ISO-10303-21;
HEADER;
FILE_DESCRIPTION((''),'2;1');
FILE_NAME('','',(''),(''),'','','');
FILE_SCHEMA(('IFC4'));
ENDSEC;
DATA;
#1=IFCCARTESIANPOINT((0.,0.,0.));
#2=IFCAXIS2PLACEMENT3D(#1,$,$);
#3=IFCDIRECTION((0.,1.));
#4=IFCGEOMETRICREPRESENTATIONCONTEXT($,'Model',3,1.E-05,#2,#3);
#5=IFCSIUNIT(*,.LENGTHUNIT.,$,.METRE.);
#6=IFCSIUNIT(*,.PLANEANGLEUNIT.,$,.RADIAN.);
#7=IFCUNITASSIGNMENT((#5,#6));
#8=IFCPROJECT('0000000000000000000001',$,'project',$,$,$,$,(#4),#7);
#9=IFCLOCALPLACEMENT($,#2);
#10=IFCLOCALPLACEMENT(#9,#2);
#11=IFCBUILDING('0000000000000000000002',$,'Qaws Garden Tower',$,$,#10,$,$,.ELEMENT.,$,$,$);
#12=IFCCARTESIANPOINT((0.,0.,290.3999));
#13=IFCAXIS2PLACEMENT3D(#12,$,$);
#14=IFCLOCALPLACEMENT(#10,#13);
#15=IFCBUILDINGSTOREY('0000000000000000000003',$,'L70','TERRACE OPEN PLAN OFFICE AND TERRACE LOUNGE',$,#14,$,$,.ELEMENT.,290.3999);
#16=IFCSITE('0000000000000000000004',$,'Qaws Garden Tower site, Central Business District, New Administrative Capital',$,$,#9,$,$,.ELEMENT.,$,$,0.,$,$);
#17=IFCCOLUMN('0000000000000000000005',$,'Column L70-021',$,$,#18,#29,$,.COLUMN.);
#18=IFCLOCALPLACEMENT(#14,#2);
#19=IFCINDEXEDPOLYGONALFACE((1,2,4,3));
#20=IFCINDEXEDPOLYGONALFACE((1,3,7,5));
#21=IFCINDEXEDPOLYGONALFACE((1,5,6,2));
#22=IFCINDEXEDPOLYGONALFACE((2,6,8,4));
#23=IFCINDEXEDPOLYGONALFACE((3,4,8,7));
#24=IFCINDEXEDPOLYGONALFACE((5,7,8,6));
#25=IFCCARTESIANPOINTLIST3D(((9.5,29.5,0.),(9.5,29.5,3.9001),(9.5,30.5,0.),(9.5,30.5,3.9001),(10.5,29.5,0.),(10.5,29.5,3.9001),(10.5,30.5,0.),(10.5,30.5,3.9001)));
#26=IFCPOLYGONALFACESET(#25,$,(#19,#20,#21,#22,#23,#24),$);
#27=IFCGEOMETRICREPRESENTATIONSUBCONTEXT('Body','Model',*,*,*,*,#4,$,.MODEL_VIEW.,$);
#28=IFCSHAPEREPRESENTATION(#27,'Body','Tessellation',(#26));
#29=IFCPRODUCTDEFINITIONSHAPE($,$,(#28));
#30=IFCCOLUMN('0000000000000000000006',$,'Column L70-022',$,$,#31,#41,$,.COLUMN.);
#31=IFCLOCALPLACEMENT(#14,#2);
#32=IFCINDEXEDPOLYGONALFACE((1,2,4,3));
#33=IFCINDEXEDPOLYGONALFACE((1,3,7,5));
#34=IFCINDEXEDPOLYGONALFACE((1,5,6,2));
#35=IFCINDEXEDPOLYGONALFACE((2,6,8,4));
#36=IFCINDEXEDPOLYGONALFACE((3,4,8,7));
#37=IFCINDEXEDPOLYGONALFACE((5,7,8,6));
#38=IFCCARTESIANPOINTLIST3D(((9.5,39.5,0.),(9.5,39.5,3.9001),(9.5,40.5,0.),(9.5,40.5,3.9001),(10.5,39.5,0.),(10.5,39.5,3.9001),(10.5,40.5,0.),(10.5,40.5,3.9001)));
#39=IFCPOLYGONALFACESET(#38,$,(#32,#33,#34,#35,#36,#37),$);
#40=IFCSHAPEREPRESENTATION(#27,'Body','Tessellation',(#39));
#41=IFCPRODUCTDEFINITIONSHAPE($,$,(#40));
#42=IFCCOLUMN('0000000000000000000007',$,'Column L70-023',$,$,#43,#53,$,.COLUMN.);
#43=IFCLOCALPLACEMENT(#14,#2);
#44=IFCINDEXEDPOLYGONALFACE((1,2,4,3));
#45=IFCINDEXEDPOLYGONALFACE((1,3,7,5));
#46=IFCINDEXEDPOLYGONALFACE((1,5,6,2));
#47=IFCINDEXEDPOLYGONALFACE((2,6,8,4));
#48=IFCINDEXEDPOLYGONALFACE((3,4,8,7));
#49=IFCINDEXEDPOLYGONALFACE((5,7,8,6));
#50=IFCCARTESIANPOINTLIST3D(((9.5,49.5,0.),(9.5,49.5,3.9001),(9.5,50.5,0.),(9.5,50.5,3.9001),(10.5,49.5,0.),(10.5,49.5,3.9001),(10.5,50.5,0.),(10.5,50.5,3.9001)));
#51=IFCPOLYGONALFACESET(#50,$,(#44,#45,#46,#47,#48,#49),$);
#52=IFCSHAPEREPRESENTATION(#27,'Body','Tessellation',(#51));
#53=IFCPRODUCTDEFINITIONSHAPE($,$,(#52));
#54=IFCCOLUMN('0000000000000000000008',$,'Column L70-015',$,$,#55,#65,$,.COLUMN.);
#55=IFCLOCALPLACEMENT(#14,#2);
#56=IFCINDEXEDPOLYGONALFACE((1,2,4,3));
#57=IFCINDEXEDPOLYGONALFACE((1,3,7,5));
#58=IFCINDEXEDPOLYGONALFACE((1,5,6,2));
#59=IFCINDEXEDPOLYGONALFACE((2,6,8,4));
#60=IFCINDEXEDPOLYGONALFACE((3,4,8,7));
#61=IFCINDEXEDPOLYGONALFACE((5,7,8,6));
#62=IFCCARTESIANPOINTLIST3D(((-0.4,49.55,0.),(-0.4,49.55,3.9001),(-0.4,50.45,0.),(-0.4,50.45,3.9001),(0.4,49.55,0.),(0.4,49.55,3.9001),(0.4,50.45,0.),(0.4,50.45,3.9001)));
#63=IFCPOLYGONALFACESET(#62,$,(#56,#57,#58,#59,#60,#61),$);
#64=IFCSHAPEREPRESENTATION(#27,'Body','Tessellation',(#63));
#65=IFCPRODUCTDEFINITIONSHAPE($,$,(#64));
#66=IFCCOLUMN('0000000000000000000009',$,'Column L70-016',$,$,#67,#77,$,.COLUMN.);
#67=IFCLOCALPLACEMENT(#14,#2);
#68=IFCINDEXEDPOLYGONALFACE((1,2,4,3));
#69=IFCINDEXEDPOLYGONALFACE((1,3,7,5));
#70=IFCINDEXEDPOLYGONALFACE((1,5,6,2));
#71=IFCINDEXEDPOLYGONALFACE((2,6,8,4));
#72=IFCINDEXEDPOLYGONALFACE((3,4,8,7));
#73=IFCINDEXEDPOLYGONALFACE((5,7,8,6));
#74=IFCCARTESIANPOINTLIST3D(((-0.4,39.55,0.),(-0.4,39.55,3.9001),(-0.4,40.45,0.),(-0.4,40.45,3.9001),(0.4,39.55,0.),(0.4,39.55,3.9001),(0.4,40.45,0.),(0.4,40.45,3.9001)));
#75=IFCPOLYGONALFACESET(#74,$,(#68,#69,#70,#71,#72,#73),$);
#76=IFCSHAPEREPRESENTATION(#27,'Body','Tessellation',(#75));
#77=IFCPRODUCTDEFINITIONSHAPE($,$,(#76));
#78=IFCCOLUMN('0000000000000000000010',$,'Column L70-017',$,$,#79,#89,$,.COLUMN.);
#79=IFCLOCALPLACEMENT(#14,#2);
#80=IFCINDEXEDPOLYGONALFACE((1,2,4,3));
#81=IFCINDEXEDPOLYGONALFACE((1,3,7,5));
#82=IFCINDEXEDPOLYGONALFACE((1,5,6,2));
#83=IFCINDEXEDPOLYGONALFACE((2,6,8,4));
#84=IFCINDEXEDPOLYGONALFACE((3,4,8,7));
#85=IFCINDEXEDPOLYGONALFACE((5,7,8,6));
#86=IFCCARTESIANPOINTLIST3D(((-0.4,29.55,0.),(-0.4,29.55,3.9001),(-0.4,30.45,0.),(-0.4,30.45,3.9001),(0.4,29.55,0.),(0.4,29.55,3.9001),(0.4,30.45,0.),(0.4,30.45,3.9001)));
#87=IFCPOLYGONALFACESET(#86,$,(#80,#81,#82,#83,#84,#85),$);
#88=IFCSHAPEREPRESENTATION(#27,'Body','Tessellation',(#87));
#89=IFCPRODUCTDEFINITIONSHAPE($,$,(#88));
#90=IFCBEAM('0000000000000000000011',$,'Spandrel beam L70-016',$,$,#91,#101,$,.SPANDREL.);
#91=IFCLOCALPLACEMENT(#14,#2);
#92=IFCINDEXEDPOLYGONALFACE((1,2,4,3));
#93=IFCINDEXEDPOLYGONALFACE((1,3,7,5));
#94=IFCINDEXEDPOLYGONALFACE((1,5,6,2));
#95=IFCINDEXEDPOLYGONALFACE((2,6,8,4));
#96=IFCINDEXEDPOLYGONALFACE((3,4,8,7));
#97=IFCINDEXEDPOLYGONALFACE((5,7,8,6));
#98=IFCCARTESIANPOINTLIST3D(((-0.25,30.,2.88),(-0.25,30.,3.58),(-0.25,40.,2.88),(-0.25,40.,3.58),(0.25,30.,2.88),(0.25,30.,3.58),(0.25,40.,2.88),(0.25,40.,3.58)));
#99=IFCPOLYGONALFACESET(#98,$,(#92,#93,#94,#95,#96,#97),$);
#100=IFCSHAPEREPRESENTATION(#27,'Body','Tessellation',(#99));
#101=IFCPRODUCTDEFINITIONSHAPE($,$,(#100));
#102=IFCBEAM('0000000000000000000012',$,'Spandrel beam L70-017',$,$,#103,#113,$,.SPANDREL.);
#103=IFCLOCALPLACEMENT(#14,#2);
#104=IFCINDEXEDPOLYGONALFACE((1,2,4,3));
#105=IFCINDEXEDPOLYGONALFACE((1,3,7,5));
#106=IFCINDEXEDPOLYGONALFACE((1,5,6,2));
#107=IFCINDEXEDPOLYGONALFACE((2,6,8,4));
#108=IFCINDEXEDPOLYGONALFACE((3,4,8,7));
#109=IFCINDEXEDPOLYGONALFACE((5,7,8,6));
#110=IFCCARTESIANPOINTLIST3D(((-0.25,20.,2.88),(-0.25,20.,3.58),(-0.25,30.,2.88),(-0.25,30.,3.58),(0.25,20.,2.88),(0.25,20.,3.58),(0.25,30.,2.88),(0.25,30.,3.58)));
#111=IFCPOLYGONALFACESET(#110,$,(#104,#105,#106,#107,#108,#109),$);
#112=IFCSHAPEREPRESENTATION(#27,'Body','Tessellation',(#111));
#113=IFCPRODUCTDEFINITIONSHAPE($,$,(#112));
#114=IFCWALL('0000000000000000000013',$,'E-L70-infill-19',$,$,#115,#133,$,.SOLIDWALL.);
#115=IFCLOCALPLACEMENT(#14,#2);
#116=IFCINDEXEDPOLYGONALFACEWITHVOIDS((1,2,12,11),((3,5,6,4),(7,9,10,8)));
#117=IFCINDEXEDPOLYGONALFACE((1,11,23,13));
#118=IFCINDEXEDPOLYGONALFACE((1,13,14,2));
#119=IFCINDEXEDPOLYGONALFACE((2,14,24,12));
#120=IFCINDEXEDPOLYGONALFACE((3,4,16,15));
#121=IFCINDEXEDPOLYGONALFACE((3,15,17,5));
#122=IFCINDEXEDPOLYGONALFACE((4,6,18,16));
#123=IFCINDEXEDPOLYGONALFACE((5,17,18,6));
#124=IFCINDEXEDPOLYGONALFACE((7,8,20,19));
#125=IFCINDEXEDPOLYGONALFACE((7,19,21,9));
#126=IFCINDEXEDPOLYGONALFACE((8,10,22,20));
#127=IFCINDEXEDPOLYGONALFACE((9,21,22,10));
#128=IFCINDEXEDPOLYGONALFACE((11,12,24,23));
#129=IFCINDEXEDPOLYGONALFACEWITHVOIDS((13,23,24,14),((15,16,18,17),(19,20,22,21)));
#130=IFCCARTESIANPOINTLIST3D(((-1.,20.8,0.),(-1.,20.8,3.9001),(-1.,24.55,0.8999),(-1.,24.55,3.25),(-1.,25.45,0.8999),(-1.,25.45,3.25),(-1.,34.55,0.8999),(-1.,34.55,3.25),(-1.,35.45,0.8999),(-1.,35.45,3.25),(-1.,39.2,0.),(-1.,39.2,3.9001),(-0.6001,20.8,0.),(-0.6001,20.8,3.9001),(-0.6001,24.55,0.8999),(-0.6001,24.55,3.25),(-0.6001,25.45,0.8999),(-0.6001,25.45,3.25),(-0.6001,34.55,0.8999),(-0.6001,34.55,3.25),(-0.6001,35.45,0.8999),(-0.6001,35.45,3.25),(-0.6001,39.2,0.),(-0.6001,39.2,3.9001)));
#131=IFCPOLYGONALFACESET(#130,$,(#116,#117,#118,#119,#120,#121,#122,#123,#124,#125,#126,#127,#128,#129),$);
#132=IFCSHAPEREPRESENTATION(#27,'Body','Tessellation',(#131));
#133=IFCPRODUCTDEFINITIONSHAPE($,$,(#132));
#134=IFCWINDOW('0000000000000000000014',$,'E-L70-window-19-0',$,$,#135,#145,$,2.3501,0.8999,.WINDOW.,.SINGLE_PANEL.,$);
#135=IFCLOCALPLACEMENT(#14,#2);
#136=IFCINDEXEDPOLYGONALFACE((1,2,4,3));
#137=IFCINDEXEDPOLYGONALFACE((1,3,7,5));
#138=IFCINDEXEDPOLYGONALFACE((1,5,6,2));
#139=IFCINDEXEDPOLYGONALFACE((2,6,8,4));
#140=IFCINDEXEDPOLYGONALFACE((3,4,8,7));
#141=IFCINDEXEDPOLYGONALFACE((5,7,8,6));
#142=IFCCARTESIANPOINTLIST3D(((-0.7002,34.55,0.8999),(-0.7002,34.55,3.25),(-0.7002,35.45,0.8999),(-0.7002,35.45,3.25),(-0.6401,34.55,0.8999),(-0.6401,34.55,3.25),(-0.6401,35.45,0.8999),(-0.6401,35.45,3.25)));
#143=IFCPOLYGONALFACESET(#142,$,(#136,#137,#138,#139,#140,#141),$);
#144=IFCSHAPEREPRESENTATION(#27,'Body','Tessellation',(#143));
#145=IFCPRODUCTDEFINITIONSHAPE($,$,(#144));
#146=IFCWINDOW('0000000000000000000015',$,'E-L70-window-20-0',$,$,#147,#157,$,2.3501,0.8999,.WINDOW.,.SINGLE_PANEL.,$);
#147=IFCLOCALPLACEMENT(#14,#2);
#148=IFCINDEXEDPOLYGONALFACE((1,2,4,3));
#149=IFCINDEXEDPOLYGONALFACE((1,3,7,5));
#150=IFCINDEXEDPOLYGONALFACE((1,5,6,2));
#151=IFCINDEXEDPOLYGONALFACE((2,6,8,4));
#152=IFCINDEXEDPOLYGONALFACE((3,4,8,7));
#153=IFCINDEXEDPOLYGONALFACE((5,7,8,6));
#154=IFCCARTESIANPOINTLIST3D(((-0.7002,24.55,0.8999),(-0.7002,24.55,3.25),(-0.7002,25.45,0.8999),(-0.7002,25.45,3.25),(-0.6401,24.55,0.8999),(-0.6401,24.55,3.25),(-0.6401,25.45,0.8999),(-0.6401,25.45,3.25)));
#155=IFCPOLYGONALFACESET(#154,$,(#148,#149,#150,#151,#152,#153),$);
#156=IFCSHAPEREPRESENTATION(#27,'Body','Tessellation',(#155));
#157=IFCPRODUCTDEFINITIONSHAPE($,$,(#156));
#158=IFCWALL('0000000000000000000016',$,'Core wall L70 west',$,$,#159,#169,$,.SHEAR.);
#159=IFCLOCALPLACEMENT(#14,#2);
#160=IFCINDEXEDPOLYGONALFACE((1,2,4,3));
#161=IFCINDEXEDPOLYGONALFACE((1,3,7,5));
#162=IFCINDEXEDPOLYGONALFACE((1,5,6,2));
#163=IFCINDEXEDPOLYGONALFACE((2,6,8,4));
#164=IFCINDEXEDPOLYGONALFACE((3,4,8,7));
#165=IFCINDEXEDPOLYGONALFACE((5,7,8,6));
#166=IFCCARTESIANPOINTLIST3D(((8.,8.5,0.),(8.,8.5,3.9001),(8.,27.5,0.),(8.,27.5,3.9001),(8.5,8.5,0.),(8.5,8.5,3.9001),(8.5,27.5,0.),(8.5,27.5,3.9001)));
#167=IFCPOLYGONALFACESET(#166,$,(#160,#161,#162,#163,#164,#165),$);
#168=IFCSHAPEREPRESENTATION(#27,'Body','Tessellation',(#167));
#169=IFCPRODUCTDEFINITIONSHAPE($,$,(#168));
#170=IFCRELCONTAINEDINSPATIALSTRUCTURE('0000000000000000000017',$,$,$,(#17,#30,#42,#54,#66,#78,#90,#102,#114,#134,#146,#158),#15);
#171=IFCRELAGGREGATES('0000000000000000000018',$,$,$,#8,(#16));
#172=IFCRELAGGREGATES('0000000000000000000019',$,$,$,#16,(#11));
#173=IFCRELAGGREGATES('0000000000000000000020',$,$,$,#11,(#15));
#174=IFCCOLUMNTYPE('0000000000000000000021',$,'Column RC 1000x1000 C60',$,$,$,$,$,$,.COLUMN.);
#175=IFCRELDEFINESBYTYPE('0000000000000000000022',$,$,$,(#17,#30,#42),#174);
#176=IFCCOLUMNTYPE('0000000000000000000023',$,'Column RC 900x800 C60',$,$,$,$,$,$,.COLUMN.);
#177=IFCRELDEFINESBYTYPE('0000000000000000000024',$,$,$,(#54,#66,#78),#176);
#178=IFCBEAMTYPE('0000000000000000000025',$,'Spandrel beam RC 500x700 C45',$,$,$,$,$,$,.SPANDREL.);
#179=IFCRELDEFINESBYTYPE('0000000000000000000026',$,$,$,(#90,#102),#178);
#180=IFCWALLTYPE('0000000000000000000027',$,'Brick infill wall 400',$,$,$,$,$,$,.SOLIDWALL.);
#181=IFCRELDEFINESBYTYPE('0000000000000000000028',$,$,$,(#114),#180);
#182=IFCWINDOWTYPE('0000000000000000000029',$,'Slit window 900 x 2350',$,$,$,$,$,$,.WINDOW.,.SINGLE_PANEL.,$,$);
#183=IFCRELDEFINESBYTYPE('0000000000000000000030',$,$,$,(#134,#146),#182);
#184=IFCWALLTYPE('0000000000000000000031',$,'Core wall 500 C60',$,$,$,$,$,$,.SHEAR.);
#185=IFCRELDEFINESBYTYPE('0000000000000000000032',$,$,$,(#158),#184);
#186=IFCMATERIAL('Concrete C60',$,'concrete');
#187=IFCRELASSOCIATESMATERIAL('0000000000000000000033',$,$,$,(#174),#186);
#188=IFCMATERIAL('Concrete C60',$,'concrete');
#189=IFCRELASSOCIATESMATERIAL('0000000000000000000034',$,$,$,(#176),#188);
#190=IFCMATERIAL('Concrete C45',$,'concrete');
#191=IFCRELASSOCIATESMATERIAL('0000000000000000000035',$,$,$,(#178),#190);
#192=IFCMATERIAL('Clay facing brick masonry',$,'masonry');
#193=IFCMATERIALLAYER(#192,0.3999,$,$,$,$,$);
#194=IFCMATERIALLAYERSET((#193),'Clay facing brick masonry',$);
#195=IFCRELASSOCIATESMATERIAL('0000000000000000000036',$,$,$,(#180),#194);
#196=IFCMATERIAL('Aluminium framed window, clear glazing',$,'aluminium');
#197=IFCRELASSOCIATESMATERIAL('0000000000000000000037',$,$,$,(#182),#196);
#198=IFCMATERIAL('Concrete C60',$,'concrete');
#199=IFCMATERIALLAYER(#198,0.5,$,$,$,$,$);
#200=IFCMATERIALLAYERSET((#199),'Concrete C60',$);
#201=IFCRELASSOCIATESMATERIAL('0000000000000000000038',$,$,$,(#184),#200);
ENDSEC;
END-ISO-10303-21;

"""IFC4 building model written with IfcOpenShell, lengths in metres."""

from ifc_helpers import new_model, si_unit, direction, frame, frame_2d, origin, origin_2d, place, context, subcontext, project, spatial, rectangle, extrude, material, layer, layer_set, material_profile, profile_set, type_object, element, fill, save


model = new_model("IFC4")

# Units and contexts
model_context = context("Model", 3, precision=1e-05, world=origin(), true_north=direction((0.0, 1.0)))
body_context = subcontext(model_context, "Body", "Model", "MODEL_VIEW")
ifc_project = project(units=[si_unit("LENGTHUNIT", "METRE"), si_unit("PLANEANGLEUNIT", "RADIAN")], contexts=[model_context])

# Site, building, storey
site_placement = place(None, origin())
site = spatial("IfcSite", under=ifc_project, at=site_placement, Name="Qaws Garden Tower site, Central Business District, New Administrative Capital", CompositionType="ELEMENT", RefElevation=0.0)
building_placement = place(site_placement, origin())
building = spatial("IfcBuilding", under=site, at=building_placement, Name="Qaws Garden Tower", CompositionType="ELEMENT")
storey_placement = place(building_placement, frame((0.0, 0.0, 290.3999)))
storey = spatial("IfcBuildingStorey", under=building, at=storey_placement, Name="L70", Description="TERRACE OPEN PLAN OFFICE AND TERRACE LOUNGE", CompositionType="ELEMENT", Elevation=290.3999)

# Columns
ifc_material_1 = material(Name="Concrete C60", Category="concrete")
ifc_material_profile_1 = material_profile(ifc_material_1, rectangle(XDim=1.0, YDim=1.0, at=origin_2d()), Name="RC 1000x1000")
ifc_profile_set_1 = profile_set([ifc_material_profile_1], Name="Concrete C60")
column_type_1 = type_object("IfcColumnType", Name="Column RC 1000x1000 C60", PredefinedType="COLUMN", material=ifc_profile_set_1)
for number, where, z_axis, x_axis, name in (
    (1, (10.0, 30.0, 0.0), (0.0, 0.0, 1.0), (1.0, 0.0, 0.0), "Column L70-021"),
    (2, (10.0, 40.0, 0.0), (0.0, 0.0, 1.0), (1.0, 0.0, 0.0), "Column L70-022"),
    (3, (10.0, 50.0, 0.0), (0.0, 0.0, 1.0), (1.0, 0.0, 0.0), "Column L70-023"),
):
    element("IfcColumn", number, at=place(storey_placement, frame(where, z_axis=z_axis, x_axis=x_axis)), inside=storey, type_object=column_type_1, Name=name, PredefinedType="COLUMN", context=body_context, shape_type="SweptSolid", body=[
        extrude(rectangle(XDim=1.0, YDim=1.0, at=origin_2d()), origin(), (0.0, 0.0, 1.0), 3.9001),
    ])
ifc_material_2 = material(Name="Concrete C60", Category="concrete")
ifc_material_profile_2 = material_profile(ifc_material_2, rectangle(XDim=0.8999, YDim=0.8, at=origin_2d()), Name="RC 900x800")
ifc_profile_set_2 = profile_set([ifc_material_profile_2], Name="Concrete C60")
column_type_2 = type_object("IfcColumnType", Name="Column RC 900x800 C60", PredefinedType="COLUMN", material=ifc_profile_set_2)
for number, where, z_axis, x_axis, name in (
    (4, (0.0, 50.0, 0.0), (0.0, 0.0, 1.0), (0.0, 1.0, 0.0), "Column L70-015"),
    (5, (0.0, 40.0, 0.0), (0.0, 0.0, 1.0), (0.0, 1.0, 0.0), "Column L70-016"),
    (6, (0.0, 30.0, 0.0), (0.0, 0.0, 1.0), (0.0, 1.0, 0.0), "Column L70-017"),
):
    element("IfcColumn", number, at=place(storey_placement, frame(where, z_axis=z_axis, x_axis=x_axis)), inside=storey, type_object=column_type_2, Name=name, PredefinedType="COLUMN", context=body_context, shape_type="SweptSolid", body=[
        extrude(rectangle(XDim=0.8999, YDim=0.8, at=origin_2d()), origin(), (0.0, 0.0, 1.0), 3.9001),
    ])

# Beams
ifc_material_3 = material(Name="Concrete C45", Category="concrete")
ifc_material_profile_3 = material_profile(ifc_material_3, rectangle(XDim=0.5, YDim=0.7, at=origin_2d()), Name="RC 500x700")
ifc_profile_set_3 = profile_set([ifc_material_profile_3], Name="Concrete C45")
beam_type = type_object("IfcBeamType", Name="Spandrel beam RC 500x700 C45", PredefinedType="SPANDREL", material=ifc_profile_set_3)
for number, where, z_axis, x_axis, name in (
    (7, (0.0, 40.0, 3.23), (0.0, -1.0, 0.0), (1.0, 0.0, 0.0), "Spandrel beam L70-016"),
    (8, (0.0, 30.0, 3.23), (0.0, -1.0, 0.0), (1.0, 0.0, 0.0), "Spandrel beam L70-017"),
):
    element("IfcBeam", number, at=place(storey_placement, frame(where, z_axis=z_axis, x_axis=x_axis)), inside=storey, type_object=beam_type, Name=name, PredefinedType="SPANDREL", context=body_context, shape_type="SweptSolid", body=[
        extrude(rectangle(XDim=0.5, YDim=0.7, at=origin_2d()), origin(), (0.0, 0.0, 1.0), 10.0),
    ])

# Wall, openings, windows
ifc_material_4 = material(Name="Clay facing brick masonry", Category="masonry")
ifc_layer_1 = layer(ifc_material_4, 0.3999)
ifc_layer_set_1 = layer_set([ifc_layer_1], Name="Clay facing brick masonry")
wall_type_1 = type_object("IfcWallType", Name="Brick infill wall 400", PredefinedType="SOLIDWALL", material=ifc_layer_set_1)
wall_1_placement = place(storey_placement, frame((-0.8, 39.2, 0.0), z_axis=(0.0, 0.0, 1.0), x_axis=(0.0, -1.0, 0.0)))
wall_1 = element("IfcWall", 9, at=wall_1_placement, inside=storey, type_object=wall_type_1, Name="E-L70-infill-19", PredefinedType="SOLIDWALL", context=body_context, shape_type="SweptSolid", body=[
    extrude(rectangle(XDim=18.3999, YDim=0.3999, at=frame_2d((9.2, 0.0))), origin(), (0.0, 0.0, 1.0), 3.9001),
])
opening_1_placement = place(wall_1_placement, frame((3.75, 0.0, 0.8999)))
opening_1 = element("IfcOpeningElement", 10, at=opening_1_placement, cuts=wall_1, PredefinedType="OPENING", context=body_context, shape_type="SweptSolid", body=[
    extrude(rectangle(XDim=0.8999, YDim=2.3501, at=frame_2d((0.45, 1.175))), frame((0.0, 0.21, 0.0), z_axis=(0.0, -1.0, 0.0), x_axis=(1.0, 0.0, 0.0)), (0.0, 0.0, 1.0), 0.4199),
])
opening_2_placement = place(wall_1_placement, frame((13.75, 0.0, 0.8999)))
opening_2 = element("IfcOpeningElement", 11, at=opening_2_placement, cuts=wall_1, PredefinedType="OPENING", context=body_context, shape_type="SweptSolid", body=[
    extrude(rectangle(XDim=0.8999, YDim=2.3501, at=frame_2d((0.45, 1.175))), frame((0.0, 0.21, 0.0), z_axis=(0.0, -1.0, 0.0), x_axis=(1.0, 0.0, 0.0)), (0.0, 0.0, 1.0), 0.4199),
])
ifc_material_5 = material(Name="Aluminium framed window, clear glazing", Category="aluminium")
window_type = type_object("IfcWindowType", Name="Slit window 900 x 2350", PartitioningType="SINGLE_PANEL", PredefinedType="WINDOW", material=ifc_material_5)
window_1_placement = place(opening_1_placement, origin())
window_1 = element("IfcWindow", 12, at=window_1_placement, inside=storey, type_object=window_type, Name="E-L70-window-19-0", OverallHeight=2.3501, OverallWidth=0.8999, PartitioningType="SINGLE_PANEL", PredefinedType="WINDOW", context=body_context, shape_type="SweptSolid", body=[
    extrude(rectangle(XDim=0.8999, YDim=2.3501, at=frame_2d((0.45, 1.175))), frame((0.0, 0.1599, 0.0), z_axis=(0.0, -1.0, 0.0), x_axis=(1.0, 0.0, 0.0)), (0.0, 0.0, 1.0), 0.0601),
])
fill(opening_1, window_1)
window_2_placement = place(opening_2_placement, origin())
window_2 = element("IfcWindow", 13, at=window_2_placement, inside=storey, type_object=window_type, Name="E-L70-window-20-0", OverallHeight=2.3501, OverallWidth=0.8999, PartitioningType="SINGLE_PANEL", PredefinedType="WINDOW", context=body_context, shape_type="SweptSolid", body=[
    extrude(rectangle(XDim=0.8999, YDim=2.3501, at=frame_2d((0.45, 1.175))), frame((0.0, 0.1599, 0.0), z_axis=(0.0, -1.0, 0.0), x_axis=(1.0, 0.0, 0.0)), (0.0, 0.0, 1.0), 0.0601),
])
fill(opening_2, window_2)

# Wall
ifc_material_6 = material(Name="Concrete C60", Category="concrete")
ifc_layer_2 = layer(ifc_material_6, 0.5)
ifc_layer_set_2 = layer_set([ifc_layer_2], Name="Concrete C60")
wall_type_2 = type_object("IfcWallType", Name="Core wall 500 C60", PredefinedType="SHEAR", material=ifc_layer_set_2)
wall_2_placement = place(storey_placement, frame((8.25, 27.5, 0.0), z_axis=(0.0, 0.0, 1.0), x_axis=(0.0, -1.0, 0.0)))
element("IfcWall", 14, at=wall_2_placement, inside=storey, type_object=wall_type_2, Name="Core wall L70 west", PredefinedType="SHEAR", context=body_context, shape_type="SweptSolid", body=[
    extrude(rectangle(XDim=19.0, YDim=0.5, at=frame_2d((9.5, 0.0))), origin(), (0.0, 0.0, 1.0), 3.9001),
])

save(model, "model.ifc")
